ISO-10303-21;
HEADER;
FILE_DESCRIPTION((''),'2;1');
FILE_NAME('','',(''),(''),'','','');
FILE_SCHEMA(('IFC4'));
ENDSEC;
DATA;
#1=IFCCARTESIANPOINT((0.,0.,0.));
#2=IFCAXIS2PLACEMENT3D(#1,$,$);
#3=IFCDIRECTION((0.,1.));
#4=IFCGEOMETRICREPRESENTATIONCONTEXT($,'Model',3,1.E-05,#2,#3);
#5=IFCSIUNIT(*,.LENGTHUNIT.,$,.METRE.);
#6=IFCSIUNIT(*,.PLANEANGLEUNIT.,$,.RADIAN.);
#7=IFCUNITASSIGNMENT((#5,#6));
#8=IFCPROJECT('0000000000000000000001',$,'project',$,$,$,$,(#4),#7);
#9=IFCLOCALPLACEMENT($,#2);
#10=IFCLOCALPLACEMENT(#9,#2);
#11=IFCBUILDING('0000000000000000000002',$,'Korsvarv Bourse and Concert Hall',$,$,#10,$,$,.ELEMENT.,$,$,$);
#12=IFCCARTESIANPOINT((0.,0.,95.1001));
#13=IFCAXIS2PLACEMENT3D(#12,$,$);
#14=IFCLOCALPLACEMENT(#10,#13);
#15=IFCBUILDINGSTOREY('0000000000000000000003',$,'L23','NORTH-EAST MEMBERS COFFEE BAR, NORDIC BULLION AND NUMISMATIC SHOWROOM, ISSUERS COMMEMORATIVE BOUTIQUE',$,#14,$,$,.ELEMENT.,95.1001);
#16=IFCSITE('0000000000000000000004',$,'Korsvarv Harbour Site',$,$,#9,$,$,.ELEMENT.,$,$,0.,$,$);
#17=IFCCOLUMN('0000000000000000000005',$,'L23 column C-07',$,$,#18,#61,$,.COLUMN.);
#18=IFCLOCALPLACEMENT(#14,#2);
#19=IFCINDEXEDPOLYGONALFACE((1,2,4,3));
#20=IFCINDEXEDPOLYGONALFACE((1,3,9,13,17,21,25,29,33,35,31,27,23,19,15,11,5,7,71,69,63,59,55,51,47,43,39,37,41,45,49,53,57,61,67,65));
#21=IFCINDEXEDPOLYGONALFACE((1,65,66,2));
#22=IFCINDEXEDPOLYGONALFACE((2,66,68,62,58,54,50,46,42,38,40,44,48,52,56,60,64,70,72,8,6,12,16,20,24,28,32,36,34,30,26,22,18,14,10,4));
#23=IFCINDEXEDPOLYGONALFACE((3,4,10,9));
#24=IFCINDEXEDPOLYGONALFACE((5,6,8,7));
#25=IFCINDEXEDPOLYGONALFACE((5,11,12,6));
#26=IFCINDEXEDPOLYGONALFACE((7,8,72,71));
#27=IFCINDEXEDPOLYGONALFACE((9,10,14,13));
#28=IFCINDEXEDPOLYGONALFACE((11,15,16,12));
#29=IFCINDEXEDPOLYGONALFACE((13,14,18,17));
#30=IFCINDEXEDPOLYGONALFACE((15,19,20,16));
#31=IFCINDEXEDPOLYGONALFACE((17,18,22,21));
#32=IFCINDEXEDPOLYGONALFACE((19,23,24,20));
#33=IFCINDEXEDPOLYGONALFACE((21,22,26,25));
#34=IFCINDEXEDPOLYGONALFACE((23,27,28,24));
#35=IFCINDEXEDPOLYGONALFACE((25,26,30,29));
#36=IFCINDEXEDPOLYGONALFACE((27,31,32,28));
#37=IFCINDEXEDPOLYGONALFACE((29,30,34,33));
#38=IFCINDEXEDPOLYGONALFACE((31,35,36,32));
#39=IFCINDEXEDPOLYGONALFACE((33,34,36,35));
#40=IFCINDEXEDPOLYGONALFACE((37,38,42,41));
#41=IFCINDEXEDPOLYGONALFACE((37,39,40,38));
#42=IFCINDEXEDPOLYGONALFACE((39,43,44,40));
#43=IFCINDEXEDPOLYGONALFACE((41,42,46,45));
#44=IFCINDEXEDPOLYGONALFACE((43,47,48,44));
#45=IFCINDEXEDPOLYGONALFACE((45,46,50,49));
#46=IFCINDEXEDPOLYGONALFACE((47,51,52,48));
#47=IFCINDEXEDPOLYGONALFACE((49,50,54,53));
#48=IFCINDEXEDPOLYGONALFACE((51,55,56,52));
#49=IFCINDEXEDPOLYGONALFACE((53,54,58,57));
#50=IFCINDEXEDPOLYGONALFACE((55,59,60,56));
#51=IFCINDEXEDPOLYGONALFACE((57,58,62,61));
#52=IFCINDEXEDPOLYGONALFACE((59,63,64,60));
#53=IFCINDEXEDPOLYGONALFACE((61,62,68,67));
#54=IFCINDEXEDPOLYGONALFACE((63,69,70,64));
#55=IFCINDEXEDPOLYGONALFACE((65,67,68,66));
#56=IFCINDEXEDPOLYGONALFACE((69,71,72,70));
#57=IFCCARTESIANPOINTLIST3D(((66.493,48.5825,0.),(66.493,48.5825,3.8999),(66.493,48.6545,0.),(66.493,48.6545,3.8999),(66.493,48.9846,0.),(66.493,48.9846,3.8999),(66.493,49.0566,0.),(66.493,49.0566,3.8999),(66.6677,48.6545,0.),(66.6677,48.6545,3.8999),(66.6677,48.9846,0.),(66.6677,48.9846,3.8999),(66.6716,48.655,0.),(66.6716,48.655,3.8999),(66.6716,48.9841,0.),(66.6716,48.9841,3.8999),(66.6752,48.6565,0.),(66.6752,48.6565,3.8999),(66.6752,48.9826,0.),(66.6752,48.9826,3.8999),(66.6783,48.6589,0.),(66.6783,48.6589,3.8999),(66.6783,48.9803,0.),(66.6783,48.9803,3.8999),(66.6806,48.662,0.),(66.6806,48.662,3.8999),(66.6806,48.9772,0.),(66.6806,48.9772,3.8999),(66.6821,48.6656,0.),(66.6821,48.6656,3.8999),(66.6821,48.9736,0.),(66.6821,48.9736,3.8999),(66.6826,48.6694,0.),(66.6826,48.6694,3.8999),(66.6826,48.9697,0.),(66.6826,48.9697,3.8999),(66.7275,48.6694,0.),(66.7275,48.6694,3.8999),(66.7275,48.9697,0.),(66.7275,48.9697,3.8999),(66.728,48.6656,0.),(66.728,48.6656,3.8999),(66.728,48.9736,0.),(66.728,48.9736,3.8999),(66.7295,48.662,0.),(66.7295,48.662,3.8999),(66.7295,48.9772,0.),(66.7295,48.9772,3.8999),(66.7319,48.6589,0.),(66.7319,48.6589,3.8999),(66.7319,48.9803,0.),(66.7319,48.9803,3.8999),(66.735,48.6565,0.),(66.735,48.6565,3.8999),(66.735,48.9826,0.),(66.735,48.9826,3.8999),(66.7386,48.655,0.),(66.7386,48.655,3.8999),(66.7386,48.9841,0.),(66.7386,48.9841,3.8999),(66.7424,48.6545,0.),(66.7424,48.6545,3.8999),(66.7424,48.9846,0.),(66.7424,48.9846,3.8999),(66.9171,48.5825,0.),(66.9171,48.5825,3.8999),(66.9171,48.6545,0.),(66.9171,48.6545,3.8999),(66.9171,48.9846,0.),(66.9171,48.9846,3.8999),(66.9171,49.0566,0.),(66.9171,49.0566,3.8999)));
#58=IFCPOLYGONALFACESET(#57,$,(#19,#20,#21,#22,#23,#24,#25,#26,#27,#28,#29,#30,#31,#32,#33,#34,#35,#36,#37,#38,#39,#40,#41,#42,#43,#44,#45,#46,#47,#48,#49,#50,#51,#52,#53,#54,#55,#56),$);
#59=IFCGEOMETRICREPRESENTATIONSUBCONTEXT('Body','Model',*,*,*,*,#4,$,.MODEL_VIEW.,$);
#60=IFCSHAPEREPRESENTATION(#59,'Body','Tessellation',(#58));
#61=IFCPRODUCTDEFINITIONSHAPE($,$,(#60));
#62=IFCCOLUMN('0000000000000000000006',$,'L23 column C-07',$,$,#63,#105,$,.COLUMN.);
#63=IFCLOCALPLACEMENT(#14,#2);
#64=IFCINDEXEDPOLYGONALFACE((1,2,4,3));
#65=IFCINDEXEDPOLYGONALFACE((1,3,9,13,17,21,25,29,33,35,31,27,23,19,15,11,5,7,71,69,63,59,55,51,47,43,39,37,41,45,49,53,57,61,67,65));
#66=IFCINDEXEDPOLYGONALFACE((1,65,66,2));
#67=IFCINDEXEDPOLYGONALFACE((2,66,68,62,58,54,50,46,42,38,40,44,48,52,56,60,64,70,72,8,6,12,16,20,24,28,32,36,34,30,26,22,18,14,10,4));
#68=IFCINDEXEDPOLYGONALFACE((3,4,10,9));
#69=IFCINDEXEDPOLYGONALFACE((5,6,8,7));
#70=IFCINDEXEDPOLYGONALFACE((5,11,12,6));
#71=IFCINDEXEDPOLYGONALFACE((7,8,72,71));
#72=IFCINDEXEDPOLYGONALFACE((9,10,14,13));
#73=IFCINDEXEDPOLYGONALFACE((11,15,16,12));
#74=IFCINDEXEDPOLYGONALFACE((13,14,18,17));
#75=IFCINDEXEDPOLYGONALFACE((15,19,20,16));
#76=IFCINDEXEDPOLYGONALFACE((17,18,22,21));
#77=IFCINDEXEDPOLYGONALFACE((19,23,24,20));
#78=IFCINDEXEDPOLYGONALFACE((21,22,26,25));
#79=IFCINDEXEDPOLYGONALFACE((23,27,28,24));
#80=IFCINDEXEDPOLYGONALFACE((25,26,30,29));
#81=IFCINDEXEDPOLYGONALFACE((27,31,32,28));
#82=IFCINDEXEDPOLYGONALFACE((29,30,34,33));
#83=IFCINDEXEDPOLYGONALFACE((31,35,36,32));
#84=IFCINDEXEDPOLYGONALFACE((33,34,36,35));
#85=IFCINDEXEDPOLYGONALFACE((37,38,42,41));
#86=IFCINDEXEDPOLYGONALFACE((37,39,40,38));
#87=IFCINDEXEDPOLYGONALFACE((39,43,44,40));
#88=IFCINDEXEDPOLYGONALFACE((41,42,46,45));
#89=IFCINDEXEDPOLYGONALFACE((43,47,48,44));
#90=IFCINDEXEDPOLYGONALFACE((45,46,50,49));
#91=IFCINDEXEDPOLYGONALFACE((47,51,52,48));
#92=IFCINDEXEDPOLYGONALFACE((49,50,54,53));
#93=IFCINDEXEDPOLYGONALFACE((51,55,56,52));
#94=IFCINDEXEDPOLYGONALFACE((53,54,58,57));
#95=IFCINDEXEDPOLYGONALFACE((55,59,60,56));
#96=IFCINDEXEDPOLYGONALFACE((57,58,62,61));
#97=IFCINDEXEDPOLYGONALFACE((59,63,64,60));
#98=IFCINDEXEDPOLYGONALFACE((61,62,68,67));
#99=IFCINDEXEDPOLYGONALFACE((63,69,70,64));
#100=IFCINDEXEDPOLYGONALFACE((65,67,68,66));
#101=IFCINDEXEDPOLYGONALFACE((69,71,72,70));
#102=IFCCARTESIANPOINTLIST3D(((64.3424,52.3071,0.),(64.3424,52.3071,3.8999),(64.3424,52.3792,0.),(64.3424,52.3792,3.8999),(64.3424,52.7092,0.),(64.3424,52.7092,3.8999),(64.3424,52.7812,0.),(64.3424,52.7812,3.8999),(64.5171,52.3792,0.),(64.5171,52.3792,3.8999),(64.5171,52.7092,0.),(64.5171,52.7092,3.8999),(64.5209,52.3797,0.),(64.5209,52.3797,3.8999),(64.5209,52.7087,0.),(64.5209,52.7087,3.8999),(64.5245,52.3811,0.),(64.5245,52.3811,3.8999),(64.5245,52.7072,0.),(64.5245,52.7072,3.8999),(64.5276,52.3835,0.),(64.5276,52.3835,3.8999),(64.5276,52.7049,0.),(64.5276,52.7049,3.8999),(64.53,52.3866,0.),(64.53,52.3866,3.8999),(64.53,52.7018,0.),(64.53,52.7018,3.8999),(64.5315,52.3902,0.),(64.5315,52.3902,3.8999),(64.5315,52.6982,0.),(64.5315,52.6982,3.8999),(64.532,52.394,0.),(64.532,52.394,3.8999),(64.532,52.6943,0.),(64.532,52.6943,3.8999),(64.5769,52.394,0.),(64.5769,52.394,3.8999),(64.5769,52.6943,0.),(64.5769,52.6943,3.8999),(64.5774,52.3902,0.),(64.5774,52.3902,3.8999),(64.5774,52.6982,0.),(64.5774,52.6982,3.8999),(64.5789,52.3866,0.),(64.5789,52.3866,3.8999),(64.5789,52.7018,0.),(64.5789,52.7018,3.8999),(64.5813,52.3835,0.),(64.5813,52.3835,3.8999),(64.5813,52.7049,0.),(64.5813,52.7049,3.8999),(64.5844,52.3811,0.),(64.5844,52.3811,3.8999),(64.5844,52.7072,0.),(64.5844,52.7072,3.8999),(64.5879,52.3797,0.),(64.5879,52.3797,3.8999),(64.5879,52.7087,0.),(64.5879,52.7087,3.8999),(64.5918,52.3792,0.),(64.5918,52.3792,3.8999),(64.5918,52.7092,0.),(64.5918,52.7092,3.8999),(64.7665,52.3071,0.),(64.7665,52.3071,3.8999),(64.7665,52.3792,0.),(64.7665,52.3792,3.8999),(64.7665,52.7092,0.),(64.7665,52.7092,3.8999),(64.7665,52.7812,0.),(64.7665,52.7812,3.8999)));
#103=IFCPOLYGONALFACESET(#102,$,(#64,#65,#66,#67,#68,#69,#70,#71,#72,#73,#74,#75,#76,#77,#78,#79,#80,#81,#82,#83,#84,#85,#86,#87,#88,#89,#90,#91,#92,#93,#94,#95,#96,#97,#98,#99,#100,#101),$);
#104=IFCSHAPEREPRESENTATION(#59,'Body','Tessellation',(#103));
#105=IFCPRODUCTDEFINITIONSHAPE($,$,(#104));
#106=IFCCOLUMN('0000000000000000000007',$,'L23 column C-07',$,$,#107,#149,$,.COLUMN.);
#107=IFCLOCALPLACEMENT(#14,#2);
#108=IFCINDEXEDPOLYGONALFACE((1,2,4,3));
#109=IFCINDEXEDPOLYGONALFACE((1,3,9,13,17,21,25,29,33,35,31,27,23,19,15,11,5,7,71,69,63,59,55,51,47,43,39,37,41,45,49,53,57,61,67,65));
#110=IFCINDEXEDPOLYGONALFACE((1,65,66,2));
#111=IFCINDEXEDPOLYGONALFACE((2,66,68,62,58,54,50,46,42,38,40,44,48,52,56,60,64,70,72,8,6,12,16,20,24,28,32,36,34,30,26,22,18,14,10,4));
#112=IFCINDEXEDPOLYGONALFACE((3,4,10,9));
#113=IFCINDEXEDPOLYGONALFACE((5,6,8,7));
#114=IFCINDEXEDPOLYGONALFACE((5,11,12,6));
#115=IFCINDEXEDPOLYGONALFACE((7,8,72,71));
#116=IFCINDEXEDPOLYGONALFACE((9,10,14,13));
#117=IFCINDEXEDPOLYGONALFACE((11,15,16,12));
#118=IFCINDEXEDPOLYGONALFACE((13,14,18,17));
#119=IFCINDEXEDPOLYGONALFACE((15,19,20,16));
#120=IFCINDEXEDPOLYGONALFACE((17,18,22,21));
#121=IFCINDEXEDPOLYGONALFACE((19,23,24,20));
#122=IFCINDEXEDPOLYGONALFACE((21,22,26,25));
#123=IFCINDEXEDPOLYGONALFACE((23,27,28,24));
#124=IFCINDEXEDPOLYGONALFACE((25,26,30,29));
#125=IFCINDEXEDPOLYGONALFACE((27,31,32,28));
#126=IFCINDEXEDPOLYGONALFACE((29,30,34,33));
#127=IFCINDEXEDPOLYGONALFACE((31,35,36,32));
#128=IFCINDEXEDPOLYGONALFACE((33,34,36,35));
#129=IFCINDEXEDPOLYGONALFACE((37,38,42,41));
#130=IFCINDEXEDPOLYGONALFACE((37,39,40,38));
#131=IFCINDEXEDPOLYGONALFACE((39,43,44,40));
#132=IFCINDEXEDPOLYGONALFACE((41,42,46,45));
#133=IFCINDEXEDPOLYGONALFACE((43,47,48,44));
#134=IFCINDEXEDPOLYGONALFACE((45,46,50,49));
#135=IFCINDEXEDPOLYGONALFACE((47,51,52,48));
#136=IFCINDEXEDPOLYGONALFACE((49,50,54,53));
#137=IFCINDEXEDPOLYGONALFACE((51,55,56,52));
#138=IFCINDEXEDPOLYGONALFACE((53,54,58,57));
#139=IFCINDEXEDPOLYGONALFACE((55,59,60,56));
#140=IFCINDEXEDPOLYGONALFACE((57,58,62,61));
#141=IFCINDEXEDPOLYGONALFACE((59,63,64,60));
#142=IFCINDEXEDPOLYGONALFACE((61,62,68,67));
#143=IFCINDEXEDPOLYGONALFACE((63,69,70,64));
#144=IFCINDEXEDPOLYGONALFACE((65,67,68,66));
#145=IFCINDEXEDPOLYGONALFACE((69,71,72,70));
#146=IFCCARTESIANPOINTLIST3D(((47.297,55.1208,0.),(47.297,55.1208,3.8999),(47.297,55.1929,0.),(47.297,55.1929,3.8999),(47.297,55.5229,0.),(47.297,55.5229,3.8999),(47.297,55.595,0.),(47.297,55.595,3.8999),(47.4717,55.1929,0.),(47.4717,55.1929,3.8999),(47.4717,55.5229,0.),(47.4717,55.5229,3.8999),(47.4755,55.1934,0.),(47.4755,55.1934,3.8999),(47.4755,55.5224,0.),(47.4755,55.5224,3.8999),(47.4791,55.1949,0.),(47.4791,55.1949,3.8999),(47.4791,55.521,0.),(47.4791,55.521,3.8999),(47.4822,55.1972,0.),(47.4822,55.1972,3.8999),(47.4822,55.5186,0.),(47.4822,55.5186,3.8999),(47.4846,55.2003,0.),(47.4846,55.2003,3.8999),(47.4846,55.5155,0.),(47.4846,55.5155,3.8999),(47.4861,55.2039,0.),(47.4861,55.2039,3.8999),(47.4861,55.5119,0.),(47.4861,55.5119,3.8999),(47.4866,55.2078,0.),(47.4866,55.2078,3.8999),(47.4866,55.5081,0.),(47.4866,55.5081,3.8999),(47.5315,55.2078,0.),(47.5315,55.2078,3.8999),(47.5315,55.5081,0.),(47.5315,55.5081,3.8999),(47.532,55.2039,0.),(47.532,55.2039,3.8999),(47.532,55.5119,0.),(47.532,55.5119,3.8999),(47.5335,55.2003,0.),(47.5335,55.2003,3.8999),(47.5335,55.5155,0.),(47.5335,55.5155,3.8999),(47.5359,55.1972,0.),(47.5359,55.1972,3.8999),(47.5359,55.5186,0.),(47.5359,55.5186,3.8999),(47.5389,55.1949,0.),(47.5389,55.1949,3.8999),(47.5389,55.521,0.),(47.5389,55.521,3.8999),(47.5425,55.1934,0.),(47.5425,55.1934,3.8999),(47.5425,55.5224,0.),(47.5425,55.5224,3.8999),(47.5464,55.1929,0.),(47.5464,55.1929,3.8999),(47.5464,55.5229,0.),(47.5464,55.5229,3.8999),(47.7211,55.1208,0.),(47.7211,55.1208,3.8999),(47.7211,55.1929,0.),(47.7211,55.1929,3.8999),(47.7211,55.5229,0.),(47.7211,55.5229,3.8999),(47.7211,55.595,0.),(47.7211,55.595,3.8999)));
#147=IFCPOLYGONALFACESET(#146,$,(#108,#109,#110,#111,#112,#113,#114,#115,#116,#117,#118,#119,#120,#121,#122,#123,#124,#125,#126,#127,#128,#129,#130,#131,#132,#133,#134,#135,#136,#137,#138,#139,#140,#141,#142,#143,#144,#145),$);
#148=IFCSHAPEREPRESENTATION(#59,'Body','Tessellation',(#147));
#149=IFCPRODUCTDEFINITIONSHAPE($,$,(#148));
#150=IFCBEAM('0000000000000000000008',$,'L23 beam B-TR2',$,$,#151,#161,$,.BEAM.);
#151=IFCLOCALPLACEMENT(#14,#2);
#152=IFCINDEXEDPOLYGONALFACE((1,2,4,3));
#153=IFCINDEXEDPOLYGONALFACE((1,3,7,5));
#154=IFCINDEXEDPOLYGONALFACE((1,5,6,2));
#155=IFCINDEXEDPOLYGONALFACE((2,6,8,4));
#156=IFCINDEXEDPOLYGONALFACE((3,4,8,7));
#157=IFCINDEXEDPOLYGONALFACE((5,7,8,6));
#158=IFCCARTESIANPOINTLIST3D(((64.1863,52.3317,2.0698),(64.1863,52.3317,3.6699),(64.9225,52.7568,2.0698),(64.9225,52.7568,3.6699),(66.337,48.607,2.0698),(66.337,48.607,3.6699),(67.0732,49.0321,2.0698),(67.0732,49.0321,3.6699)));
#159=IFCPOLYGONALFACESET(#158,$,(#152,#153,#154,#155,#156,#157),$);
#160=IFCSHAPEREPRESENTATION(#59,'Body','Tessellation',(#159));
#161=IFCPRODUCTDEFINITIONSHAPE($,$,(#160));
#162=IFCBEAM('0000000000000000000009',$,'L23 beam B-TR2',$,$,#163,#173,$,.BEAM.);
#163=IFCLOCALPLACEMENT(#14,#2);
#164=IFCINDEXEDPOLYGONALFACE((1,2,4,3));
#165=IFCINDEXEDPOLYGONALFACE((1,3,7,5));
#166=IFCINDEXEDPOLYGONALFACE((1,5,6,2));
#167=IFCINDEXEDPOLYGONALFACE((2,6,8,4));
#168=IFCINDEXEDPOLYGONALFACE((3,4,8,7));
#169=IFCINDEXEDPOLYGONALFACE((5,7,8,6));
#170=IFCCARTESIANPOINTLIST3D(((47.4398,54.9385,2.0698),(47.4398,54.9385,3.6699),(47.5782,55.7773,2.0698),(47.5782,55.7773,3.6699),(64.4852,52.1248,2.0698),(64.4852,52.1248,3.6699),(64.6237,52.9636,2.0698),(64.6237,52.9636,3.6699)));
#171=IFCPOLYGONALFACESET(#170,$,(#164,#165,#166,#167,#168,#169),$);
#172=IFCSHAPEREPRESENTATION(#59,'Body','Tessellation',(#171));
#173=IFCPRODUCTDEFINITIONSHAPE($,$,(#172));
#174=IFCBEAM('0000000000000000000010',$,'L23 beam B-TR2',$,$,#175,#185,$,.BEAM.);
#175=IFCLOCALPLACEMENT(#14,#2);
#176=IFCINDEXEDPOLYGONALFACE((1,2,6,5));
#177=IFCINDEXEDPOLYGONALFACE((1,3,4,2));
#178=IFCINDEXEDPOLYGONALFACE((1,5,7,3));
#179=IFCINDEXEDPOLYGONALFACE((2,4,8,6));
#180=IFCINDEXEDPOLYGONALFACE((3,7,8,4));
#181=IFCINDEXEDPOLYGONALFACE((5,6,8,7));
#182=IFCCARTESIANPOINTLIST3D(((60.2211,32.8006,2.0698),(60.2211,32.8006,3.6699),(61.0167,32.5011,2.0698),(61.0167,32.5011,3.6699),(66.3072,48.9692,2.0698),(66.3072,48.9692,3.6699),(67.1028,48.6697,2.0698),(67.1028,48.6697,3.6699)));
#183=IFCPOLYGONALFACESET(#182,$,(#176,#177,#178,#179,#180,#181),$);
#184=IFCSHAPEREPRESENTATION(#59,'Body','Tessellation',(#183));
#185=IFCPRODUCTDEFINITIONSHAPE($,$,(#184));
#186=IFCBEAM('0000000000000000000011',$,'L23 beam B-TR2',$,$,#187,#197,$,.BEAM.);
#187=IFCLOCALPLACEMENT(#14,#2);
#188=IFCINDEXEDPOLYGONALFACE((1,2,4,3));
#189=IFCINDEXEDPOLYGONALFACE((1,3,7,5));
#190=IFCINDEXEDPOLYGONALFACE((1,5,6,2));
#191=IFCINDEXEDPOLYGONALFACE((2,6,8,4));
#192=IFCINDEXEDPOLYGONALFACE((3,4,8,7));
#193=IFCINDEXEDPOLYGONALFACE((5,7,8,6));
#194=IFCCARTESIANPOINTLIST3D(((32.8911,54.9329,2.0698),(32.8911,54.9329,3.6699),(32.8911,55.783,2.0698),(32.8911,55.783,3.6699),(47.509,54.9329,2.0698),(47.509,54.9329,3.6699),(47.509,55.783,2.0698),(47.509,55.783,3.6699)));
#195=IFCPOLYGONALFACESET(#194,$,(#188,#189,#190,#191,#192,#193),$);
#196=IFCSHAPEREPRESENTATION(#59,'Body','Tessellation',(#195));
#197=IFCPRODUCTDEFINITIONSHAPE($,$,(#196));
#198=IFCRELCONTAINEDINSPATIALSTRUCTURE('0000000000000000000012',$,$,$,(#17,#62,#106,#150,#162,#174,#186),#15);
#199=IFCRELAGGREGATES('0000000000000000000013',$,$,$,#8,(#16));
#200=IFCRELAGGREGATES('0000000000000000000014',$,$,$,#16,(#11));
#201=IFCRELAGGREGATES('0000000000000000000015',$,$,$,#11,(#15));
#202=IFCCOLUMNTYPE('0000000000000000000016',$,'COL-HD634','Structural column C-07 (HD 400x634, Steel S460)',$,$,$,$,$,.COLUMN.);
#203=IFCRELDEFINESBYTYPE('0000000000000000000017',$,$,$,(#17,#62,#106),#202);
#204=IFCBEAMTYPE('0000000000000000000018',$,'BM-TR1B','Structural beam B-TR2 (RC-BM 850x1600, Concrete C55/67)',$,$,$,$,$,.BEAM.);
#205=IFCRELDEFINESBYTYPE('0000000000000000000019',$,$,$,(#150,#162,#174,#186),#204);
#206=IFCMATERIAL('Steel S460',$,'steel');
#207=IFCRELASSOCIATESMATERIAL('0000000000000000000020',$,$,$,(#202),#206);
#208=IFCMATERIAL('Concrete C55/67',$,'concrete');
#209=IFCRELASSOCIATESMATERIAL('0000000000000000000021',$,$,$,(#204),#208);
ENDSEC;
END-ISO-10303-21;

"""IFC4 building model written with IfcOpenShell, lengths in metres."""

from ifc_helpers import new_model, si_unit, direction, frame, origin, origin_2d, place, context, subcontext, project, spatial, rectangle, i_section, extrude, source, transform, mapped, material, material_profile, profile_set, type_object, element, save


model = new_model("IFC4")

# Units and contexts
model_context = context("Model", 3, precision=1e-05, world=origin(), true_north=direction((0.0, 1.0)))
body_context = subcontext(model_context, "Body", "Model", "MODEL_VIEW")
ifc_project = project(units=[si_unit("LENGTHUNIT", "METRE"), si_unit("PLANEANGLEUNIT", "RADIAN")], contexts=[model_context])

# Site, building, storey
site_placement = place(None, origin())
site = spatial("IfcSite", under=ifc_project, at=site_placement, Name="Korsvarv Harbour Site", CompositionType="ELEMENT", RefElevation=0.0)
building_placement = place(site_placement, origin())
building = spatial("IfcBuilding", under=site, at=building_placement, Name="Korsvarv Bourse and Concert Hall", CompositionType="ELEMENT")
storey_placement = place(building_placement, frame((0.0, 0.0, 95.1001)))
storey = spatial("IfcBuildingStorey", under=building, at=storey_placement, Name="L23", Description="NORTH-EAST MEMBERS COFFEE BAR, NORDIC BULLION AND NUMISMATIC SHOWROOM, ISSUERS COMMEMORATIVE BOUTIQUE", CompositionType="ELEMENT", Elevation=95.1001)

# Columns
ifc_material_1 = material(Name="Steel S460", Category="steel")
ifc_material_profile_1 = material_profile(ifc_material_1, i_section(OverallWidth=0.4241, OverallDepth=0.4741, WebThickness=0.0449, FlangeThickness=0.072, FilletRadius=0.0149, at=origin_2d()), Name="HD 400x634")
ifc_profile_set_1 = profile_set([ifc_material_profile_1], Name="Steel S460")
column_type = type_object("IfcColumnType", Name="COL-HD634", Description="Structural column C-07 (HD 400x634, Steel S460)", PredefinedType="COLUMN", material=ifc_profile_set_1)
shared_shape_1 = source(origin(), body_context, "Body", "SweptSolid", [
    extrude(i_section(OverallWidth=0.4241, OverallDepth=0.4741, WebThickness=0.0449, FlangeThickness=0.072, FilletRadius=0.0149, at=origin_2d()), origin(), (0.0, 0.0, 1.0), 3.8999),
])
for number, where, z_axis, x_axis, name in (
    (1, (66.7051, 48.8196, 0.0), (0.0, 0.0, 1.0), (1.0, 0.0, 0.0), "L23 column C-07"),
    (2, (64.5544, 52.5442, 0.0), (0.0, 0.0, 1.0), (1.0, 0.0, 0.0), "L23 column C-07"),
    (3, (47.509, 55.3579, 0.0), (0.0, 0.0, 1.0), (1.0, 0.0, 0.0), "L23 column C-07"),
):
    element("IfcColumn", number, at=place(storey_placement, frame(where, z_axis=z_axis, x_axis=x_axis)), inside=storey, type_object=column_type, Name=name, PredefinedType="COLUMN", context=body_context, shape_type="MappedRepresentation", body=[
        mapped(shared_shape_1, transform((0.0, 0.0, 0.0), scale=1.0)),
    ])

# Beams
ifc_material_2 = material(Name="Concrete C55/67", Category="concrete")
ifc_material_profile_2 = material_profile(ifc_material_2, rectangle(XDim=0.8501, YDim=1.6001, at=origin_2d()), Name="RC-BM 850x1600")
ifc_profile_set_2 = profile_set([ifc_material_profile_2], Name="Concrete C55/67")
beam_type_1 = type_object("IfcBeamType", Name="BM-TR1B", Description="Structural beam B-TR2 (RC-BM 850x1600, Concrete C55/67)", PredefinedType="BEAM", material=ifc_profile_set_2)
shared_shape_2 = source(origin(), body_context, "Body", "SweptSolid", [
    extrude(rectangle(XDim=0.8501, YDim=1.6001, at=origin_2d()), origin(), (0.0, 0.0, 1.0), 4.301),
])
beam_1_placement = place(storey_placement, frame((66.7051, 48.8196, 2.8699), z_axis=(-0.50004, 0.866002, 0.0), x_axis=(-0.866002, -0.50004, 0.0)))
element("IfcBeam", 4, at=beam_1_placement, inside=storey, type_object=beam_type_1, Name="L23 beam B-TR2", PredefinedType="BEAM", context=body_context, shape_type="MappedRepresentation", body=[
    mapped(shared_shape_2, transform((0.0, 0.0, 0.0), scale=1.0)),
])
shared_shape_3 = source(origin(), body_context, "Body", "SweptSolid", [
    extrude(rectangle(XDim=0.8501, YDim=1.6001, at=origin_2d()), origin(), (0.0, 0.0, 1.0), 17.2761),
])
for number, where, z_axis, x_axis, name in (
    (5, (64.5544, 52.5442, 2.8699), (-0.986648, 0.162868, 0.0), (-0.162868, -0.986648, 0.0), "L23 beam B-TR2"),
    (6, (60.6189, 32.6509, 2.8699), (0.352286, 0.935892, 0.0), (-0.935892, 0.352286, 0.0), "L23 beam B-TR2"),
):
    element("IfcBeam", number, at=place(storey_placement, frame(where, z_axis=z_axis, x_axis=x_axis)), inside=storey, type_object=beam_type_1, Name=name, PredefinedType="BEAM", context=body_context, shape_type="MappedRepresentation", body=[
        mapped(shared_shape_3, transform((0.0, 0.0, 0.0), scale=1.0)),
    ])
shared_shape_4 = source(origin(), body_context, "Body", "SweptSolid", [
    extrude(rectangle(XDim=0.8501, YDim=1.6001, at=origin_2d()), origin(), (0.0, 0.0, 1.0), 14.6179),
])
beam_2_placement = place(storey_placement, frame((47.509, 55.3579, 2.8699), z_axis=(-1.0, 0.0, 0.0), x_axis=(0.0, -1.0, 0.0)))
element("IfcBeam", 7, at=beam_2_placement, inside=storey, type_object=beam_type_1, Name="L23 beam B-TR2", PredefinedType="BEAM", context=body_context, shape_type="MappedRepresentation", body=[
    mapped(shared_shape_4, transform((0.0, 0.0, 0.0), scale=1.0)),
])

save(model, "model.ifc")
